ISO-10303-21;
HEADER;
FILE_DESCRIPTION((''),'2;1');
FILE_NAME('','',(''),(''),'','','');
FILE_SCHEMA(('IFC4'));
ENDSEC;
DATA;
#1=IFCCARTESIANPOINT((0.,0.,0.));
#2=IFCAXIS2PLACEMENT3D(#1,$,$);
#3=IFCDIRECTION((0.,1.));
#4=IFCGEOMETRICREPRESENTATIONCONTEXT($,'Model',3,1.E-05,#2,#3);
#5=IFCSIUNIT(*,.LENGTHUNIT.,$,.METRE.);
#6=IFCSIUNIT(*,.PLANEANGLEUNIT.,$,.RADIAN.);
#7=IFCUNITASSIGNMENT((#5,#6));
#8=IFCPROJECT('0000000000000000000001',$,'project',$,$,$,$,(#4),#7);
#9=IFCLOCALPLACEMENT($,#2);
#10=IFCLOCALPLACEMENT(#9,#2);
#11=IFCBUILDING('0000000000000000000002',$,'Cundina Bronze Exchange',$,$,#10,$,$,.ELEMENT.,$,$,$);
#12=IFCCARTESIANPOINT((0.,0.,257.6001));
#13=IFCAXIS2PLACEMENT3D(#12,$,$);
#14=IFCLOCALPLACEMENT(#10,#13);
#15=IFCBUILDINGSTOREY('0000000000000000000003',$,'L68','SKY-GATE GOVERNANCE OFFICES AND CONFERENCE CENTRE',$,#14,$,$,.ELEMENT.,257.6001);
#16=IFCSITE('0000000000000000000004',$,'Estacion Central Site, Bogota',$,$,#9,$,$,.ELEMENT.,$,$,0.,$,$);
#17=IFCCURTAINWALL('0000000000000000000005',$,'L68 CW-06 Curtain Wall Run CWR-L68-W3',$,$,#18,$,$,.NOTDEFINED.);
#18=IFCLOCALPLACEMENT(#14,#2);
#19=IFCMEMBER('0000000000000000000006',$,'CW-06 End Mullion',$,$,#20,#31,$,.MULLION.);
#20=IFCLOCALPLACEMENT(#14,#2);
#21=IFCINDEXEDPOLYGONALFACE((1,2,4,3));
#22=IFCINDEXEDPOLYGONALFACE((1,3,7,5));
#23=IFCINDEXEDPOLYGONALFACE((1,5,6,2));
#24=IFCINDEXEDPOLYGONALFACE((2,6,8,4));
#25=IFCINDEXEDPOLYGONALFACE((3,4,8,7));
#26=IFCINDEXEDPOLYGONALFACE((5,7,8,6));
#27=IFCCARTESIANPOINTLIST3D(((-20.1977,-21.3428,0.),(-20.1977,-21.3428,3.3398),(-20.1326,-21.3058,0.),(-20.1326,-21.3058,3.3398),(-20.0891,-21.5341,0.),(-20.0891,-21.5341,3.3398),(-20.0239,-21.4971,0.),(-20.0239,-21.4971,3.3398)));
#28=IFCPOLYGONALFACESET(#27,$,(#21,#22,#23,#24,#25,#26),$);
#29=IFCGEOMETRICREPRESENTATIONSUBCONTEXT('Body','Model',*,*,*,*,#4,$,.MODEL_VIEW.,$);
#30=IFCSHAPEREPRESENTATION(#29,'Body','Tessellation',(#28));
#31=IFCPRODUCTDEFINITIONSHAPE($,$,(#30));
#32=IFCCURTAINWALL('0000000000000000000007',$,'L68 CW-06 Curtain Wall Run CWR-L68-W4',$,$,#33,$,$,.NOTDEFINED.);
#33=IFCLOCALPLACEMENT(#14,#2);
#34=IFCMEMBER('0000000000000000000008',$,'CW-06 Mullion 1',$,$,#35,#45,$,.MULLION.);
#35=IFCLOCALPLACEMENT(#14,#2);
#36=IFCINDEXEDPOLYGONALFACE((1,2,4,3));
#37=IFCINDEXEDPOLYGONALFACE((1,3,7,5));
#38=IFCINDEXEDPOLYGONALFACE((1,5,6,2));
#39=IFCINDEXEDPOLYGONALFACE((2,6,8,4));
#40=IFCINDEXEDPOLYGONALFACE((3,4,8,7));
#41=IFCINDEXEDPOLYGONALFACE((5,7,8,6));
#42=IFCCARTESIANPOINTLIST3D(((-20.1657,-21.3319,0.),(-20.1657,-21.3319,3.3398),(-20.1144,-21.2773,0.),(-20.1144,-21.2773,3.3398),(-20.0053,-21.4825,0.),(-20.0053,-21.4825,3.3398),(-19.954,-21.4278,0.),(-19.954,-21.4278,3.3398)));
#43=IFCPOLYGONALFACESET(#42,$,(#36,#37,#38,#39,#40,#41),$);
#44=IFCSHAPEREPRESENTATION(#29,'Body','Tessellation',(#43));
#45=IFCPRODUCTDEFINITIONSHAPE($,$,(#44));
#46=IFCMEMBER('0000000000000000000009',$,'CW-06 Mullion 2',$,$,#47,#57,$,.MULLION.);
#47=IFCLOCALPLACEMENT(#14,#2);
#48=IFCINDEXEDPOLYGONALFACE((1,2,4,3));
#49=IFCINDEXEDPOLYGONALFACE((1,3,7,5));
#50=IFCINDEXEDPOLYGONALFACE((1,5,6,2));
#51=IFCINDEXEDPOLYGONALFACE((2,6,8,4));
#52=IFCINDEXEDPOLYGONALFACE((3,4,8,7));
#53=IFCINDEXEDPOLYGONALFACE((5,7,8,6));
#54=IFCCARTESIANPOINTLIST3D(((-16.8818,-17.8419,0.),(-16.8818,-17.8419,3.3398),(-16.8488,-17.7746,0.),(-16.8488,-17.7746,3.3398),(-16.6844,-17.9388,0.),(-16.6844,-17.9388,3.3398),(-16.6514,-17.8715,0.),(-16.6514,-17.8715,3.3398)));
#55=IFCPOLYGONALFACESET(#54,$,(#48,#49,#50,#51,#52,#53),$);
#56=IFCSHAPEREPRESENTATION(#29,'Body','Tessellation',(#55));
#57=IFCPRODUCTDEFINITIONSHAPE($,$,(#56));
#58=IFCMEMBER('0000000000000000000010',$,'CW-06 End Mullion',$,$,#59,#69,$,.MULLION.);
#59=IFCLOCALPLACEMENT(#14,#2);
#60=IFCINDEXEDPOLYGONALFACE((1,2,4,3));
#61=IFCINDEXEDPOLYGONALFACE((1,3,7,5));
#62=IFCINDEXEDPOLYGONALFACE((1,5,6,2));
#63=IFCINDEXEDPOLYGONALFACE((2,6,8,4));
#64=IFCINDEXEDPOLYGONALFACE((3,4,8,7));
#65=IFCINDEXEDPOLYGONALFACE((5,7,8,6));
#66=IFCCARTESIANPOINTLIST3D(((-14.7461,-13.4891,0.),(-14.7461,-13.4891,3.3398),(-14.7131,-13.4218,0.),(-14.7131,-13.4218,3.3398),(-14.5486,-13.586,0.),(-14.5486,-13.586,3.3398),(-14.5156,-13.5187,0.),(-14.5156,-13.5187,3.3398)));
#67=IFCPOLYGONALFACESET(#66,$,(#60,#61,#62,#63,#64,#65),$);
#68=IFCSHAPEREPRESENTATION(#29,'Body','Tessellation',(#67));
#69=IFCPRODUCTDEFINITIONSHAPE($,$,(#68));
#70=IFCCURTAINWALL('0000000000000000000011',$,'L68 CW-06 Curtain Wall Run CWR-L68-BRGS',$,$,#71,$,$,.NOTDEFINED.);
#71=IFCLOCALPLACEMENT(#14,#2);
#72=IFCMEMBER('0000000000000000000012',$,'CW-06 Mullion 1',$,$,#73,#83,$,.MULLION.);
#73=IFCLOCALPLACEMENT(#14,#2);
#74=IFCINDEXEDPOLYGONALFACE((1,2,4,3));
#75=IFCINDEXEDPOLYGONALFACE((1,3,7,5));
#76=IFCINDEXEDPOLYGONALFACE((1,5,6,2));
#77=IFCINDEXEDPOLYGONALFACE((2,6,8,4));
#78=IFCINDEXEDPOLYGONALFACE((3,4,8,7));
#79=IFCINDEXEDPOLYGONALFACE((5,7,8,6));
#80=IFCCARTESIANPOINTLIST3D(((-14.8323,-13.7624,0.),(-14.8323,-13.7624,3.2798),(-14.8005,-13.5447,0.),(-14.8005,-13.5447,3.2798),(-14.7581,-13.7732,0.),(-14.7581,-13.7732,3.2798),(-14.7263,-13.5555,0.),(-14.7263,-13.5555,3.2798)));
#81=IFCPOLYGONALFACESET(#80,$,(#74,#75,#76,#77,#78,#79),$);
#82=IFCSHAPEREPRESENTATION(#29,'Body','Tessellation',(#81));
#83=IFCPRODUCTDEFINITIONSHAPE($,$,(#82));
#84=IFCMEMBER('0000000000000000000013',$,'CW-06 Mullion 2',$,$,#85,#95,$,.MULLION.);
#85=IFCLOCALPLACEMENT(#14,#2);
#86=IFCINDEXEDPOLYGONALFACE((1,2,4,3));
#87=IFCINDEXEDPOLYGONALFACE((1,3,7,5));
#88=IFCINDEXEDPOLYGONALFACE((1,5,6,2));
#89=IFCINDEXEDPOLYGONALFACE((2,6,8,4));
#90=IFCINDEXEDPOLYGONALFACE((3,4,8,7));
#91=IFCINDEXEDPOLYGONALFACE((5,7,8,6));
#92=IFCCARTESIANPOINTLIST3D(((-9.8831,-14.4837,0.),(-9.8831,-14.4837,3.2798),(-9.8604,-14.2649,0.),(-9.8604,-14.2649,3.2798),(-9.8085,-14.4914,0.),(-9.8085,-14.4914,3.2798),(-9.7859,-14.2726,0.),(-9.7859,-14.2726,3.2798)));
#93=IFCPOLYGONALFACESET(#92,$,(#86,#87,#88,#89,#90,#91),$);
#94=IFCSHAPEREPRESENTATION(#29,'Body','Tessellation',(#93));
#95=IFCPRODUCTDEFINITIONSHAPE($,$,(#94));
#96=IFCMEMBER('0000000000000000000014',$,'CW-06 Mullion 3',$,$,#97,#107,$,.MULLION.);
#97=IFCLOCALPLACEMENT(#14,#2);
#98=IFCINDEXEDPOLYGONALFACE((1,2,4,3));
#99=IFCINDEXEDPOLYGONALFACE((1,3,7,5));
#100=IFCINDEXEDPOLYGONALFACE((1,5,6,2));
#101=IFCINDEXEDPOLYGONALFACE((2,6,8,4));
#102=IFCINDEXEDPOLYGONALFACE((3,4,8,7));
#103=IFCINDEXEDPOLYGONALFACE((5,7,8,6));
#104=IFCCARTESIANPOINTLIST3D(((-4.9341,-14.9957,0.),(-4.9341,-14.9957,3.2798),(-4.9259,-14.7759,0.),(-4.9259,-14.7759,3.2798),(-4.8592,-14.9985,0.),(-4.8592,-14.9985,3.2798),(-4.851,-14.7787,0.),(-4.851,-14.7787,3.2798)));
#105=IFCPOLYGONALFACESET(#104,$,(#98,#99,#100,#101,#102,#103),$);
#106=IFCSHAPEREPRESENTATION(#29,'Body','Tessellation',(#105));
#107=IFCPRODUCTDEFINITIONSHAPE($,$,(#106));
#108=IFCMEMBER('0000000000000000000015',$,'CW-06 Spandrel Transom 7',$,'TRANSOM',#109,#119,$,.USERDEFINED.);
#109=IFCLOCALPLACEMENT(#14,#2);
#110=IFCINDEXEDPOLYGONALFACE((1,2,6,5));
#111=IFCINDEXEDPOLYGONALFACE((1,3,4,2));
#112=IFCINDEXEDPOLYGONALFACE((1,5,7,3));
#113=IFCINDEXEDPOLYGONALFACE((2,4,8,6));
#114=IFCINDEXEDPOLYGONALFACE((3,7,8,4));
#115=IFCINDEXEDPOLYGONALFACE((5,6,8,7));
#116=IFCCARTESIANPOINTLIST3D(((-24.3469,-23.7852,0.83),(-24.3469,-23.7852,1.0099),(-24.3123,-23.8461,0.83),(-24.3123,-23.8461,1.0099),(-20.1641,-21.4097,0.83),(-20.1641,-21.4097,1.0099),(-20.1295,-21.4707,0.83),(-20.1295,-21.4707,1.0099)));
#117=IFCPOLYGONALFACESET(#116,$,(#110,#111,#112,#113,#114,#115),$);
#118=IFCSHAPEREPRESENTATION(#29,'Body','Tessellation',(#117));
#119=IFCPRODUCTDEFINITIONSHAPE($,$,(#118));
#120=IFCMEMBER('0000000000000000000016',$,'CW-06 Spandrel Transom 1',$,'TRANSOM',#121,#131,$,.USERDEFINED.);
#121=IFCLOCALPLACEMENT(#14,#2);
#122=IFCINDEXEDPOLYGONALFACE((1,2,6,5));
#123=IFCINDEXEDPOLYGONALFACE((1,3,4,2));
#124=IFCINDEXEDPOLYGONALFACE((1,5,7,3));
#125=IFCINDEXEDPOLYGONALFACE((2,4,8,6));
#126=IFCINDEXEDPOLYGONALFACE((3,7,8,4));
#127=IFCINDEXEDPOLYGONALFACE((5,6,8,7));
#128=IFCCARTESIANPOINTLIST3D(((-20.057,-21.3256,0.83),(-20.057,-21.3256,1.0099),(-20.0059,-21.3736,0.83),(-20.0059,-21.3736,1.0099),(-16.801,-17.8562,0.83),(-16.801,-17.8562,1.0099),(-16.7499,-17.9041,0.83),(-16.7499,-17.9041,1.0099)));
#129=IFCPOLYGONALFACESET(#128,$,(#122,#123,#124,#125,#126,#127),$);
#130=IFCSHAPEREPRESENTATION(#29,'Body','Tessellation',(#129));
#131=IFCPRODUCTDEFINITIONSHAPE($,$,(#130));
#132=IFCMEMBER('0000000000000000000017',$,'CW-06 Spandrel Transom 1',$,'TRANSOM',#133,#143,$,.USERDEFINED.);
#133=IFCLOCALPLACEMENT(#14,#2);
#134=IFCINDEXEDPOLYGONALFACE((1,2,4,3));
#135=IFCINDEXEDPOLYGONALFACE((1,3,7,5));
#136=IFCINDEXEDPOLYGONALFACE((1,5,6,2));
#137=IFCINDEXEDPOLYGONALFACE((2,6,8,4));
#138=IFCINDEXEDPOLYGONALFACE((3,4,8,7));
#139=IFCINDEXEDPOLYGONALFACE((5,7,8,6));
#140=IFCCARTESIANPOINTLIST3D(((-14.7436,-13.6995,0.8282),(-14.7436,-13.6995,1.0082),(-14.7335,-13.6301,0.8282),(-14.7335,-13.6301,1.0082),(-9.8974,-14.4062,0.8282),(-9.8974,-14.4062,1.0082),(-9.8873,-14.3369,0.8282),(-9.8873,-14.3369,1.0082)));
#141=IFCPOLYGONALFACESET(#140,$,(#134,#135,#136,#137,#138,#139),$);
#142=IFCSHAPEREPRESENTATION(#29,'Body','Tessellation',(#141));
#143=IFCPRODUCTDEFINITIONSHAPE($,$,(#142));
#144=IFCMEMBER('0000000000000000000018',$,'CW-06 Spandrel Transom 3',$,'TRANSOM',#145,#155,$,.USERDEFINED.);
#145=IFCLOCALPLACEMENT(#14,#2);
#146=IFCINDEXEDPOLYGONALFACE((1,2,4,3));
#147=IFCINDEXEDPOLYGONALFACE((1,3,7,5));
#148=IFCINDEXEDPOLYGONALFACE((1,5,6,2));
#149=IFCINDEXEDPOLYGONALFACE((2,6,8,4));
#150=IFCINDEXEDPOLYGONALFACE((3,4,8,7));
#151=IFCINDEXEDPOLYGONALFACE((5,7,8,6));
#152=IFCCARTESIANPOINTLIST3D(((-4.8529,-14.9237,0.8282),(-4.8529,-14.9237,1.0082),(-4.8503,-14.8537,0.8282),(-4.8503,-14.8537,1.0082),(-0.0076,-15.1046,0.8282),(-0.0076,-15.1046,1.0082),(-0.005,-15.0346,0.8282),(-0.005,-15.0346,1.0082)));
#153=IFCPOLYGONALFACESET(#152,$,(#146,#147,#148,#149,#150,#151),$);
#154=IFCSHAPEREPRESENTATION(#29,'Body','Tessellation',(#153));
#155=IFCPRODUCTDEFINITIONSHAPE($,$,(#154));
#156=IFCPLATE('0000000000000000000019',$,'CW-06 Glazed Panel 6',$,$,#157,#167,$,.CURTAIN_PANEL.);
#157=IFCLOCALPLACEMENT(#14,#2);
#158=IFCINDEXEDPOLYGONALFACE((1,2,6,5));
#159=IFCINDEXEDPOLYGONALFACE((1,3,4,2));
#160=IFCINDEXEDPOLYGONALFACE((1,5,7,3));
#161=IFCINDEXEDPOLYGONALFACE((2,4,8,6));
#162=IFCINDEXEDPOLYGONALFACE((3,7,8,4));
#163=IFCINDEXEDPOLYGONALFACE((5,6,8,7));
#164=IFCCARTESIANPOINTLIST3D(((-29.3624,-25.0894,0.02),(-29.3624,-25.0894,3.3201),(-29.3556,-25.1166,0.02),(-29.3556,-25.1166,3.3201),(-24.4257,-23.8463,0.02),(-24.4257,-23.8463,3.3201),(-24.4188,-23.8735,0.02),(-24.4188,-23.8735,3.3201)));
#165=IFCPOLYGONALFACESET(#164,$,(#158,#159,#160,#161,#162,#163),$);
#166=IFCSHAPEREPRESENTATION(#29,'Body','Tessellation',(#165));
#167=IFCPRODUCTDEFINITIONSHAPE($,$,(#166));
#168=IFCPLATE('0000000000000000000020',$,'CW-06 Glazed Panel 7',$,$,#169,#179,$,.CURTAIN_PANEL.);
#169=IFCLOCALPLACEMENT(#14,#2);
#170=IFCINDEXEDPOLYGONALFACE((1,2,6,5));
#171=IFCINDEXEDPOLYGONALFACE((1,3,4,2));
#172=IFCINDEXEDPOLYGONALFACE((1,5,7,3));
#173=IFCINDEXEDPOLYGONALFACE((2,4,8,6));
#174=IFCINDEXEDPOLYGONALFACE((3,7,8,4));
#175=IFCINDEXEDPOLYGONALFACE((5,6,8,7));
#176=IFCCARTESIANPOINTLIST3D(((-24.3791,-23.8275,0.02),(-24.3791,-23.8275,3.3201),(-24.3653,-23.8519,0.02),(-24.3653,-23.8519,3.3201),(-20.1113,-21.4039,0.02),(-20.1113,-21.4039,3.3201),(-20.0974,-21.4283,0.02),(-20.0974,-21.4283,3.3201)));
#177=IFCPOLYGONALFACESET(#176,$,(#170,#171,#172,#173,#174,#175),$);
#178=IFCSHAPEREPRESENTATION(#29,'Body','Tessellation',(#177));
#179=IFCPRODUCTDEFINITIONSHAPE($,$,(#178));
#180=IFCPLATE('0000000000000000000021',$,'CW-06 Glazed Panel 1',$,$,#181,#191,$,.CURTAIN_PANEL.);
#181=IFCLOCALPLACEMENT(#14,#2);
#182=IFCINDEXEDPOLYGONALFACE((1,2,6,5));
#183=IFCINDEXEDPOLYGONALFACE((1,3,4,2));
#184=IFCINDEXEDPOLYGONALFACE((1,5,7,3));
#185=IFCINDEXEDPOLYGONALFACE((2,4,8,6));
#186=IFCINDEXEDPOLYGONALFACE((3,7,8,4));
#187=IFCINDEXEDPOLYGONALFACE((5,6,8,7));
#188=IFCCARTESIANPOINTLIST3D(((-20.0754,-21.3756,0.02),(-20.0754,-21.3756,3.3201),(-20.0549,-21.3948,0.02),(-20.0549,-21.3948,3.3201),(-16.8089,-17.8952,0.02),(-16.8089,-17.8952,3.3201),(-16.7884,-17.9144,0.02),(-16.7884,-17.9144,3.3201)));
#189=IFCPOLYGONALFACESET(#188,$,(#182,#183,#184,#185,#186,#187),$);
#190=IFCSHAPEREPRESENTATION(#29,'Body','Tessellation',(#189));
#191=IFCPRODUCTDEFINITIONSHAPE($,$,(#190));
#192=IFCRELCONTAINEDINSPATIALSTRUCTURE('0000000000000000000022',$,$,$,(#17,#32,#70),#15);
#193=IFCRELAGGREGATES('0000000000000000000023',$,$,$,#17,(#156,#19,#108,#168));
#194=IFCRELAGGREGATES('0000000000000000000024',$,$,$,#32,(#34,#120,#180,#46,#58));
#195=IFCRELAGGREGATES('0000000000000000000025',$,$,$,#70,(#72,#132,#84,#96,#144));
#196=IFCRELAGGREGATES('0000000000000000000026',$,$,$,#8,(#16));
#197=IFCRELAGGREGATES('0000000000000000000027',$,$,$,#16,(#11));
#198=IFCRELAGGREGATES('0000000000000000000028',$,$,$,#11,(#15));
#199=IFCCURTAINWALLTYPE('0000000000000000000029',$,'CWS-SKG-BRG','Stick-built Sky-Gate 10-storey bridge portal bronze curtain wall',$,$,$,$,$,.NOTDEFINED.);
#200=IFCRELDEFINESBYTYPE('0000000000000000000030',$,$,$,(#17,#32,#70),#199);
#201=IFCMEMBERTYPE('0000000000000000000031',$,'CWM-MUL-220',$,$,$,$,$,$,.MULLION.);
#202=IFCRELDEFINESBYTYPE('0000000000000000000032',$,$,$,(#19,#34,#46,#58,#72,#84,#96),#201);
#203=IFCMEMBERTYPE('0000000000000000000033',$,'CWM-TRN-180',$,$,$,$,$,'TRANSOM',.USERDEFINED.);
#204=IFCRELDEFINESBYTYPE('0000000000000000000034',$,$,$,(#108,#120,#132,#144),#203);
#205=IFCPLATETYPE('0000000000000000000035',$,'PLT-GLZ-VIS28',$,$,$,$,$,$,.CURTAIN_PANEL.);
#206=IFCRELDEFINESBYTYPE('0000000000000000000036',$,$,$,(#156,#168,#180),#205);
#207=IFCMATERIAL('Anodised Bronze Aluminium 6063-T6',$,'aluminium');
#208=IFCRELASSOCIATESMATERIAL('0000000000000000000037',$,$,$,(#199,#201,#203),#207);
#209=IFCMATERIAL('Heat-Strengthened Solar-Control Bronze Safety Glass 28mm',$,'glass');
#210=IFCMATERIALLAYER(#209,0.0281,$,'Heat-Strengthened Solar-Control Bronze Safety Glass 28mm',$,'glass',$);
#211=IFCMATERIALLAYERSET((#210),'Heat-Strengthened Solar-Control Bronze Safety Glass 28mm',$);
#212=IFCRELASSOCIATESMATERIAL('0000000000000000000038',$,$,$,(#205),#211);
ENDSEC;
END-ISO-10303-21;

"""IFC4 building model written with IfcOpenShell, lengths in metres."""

from ifc_helpers import new_model, si_unit, direction, frame, origin, origin_2d, place, context, subcontext, project, spatial, rectangle, extrude, material, layer, layer_set, material_profile, profile_set, type_object, element, aggregate, save


model = new_model("IFC4")

# Units and contexts
model_context = context("Model", 3, precision=1e-05, world=origin(), true_north=direction((0.0, 1.0)))
body_context = subcontext(model_context, "Body", "Model", "MODEL_VIEW")
ifc_project = project(units=[si_unit("LENGTHUNIT", "METRE"), si_unit("PLANEANGLEUNIT", "RADIAN")], contexts=[model_context])

# Site, building, storey
site_placement = place(None, origin())
site = spatial("IfcSite", under=ifc_project, at=site_placement, Name="Estacion Central Site, Bogota", CompositionType="ELEMENT", RefElevation=0.0)
building_placement = place(site_placement, origin())
building = spatial("IfcBuilding", under=site, at=building_placement, Name="Cundina Bronze Exchange", CompositionType="ELEMENT")
storey_placement = place(building_placement, frame((0.0, 0.0, 257.6001)))
storey = spatial("IfcBuildingStorey", under=building, at=storey_placement, Name="L68", Description="SKY-GATE GOVERNANCE OFFICES AND CONFERENCE CENTRE", CompositionType="ELEMENT", Elevation=257.6001)

# Curtain walls, members
ifc_material_1 = material(Name="Anodised Bronze Aluminium 6063-T6", Category="aluminium")
curtain_wall_type = type_object("IfcCurtainWallType", Name="CWS-SKG-BRG", Description="Stick-built Sky-Gate 10-storey bridge portal bronze curtain wall", PredefinedType="NOTDEFINED", material=ifc_material_1)
curtain_wall_1_placement = place(storey_placement, origin())
curtain_wall_1 = element("IfcCurtainWall", 1, at=curtain_wall_1_placement, inside=storey, type_object=curtain_wall_type, Name="L68 CW-06 Curtain Wall Run CWR-L68-W3", PredefinedType="NOTDEFINED")
ifc_material_profile_1 = material_profile(ifc_material_1, rectangle(XDim=0.075, YDim=0.22, at=origin_2d()), Name="AL75X220", Category="aluminium")
ifc_profile_set_1 = profile_set([ifc_material_profile_1], Name="Anodised Bronze Aluminium 6063-T6")
member_type_1 = type_object("IfcMemberType", Name="CWM-MUL-220", PredefinedType="MULLION", material=ifc_profile_set_1)
member_1_placement = place(storey_placement, frame((-20.1108, -21.4199, 0.0), z_axis=(0.0, 0.0, 1.0), x_axis=(0.869581, 0.49379, 0.0)))
member_1 = element("IfcMember", 2, at=member_1_placement, type_object=member_type_1, Name="CW-06 End Mullion", PredefinedType="MULLION", context=body_context, shape_type="SweptSolid", body=[
    extrude(rectangle(XDim=0.075, YDim=0.22, at=origin_2d()), origin(), (0.0, 0.0, 1.0), 3.3398),
])
curtain_wall_2_placement = place(storey_placement, origin())
curtain_wall_2 = element("IfcCurtainWall", 3, at=curtain_wall_2_placement, inside=storey, type_object=curtain_wall_type, Name="L68 CW-06 Curtain Wall Run CWR-L68-W4", PredefinedType="NOTDEFINED")
member_2_placement = place(storey_placement, frame((-20.0598, -21.3799, 0.0), z_axis=(0.0, 0.0, 1.0), x_axis=(0.684293, 0.729208, 0.0)))
member_2 = element("IfcMember", 4, at=member_2_placement, type_object=member_type_1, Name="CW-06 Mullion 1", PredefinedType="MULLION", context=body_context, shape_type="SweptSolid", body=[
    extrude(rectangle(XDim=0.075, YDim=0.22, at=origin_2d()), origin(), (0.0, 0.0, 1.0), 3.3398),
])
member_3_placement = place(storey_placement, frame((-16.7666, -17.8567, 0.0), z_axis=(0.0, 0.0, 1.0), x_axis=(0.440566, 0.89772, 0.0)))
member_3 = element("IfcMember", 5, at=member_3_placement, type_object=member_type_1, Name="CW-06 Mullion 2", PredefinedType="MULLION", context=body_context, shape_type="SweptSolid", body=[
    extrude(rectangle(XDim=0.075, YDim=0.22, at=origin_2d()), origin(), (0.0, 0.0, 1.0), 3.3398),
])
member_4_placement = place(storey_placement, frame((-14.6309, -13.5039, 0.0), z_axis=(0.0, 0.0, 1.0), x_axis=(0.440566, 0.89772, 0.0)))
member_4 = element("IfcMember", 6, at=member_4_placement, type_object=member_type_1, Name="CW-06 End Mullion", PredefinedType="MULLION", context=body_context, shape_type="SweptSolid", body=[
    extrude(rectangle(XDim=0.075, YDim=0.22, at=origin_2d()), origin(), (0.0, 0.0, 1.0), 3.3398),
])
curtain_wall_3_placement = place(storey_placement, origin())
curtain_wall_3 = element("IfcCurtainWall", 7, at=curtain_wall_3_placement, inside=storey, type_object=curtain_wall_type, Name="L68 CW-06 Curtain Wall Run CWR-L68-BRGS", PredefinedType="NOTDEFINED")
member_5_placement = place(storey_placement, frame((-14.7793, -13.6589, 0.0), z_axis=(0.0, 0.0, 1.0), x_axis=(0.989526, -0.144356, 0.0)))
member_5 = element("IfcMember", 8, at=member_5_placement, type_object=member_type_1, Name="CW-06 Mullion 1", PredefinedType="MULLION", context=body_context, shape_type="SweptSolid", body=[
    extrude(rectangle(XDim=0.075, YDim=0.22, at=origin_2d()), origin(), (0.0, 0.0, 1.0), 3.2798),
])
member_6_placement = place(storey_placement, frame((-9.8345, -14.3782, 0.0), z_axis=(0.0, 0.0, 1.0), x_axis=(0.994667, -0.10314, 0.0)))
member_6 = element("IfcMember", 9, at=member_6_placement, type_object=member_type_1, Name="CW-06 Mullion 2", PredefinedType="MULLION", context=body_context, shape_type="SweptSolid", body=[
    extrude(rectangle(XDim=0.075, YDim=0.22, at=origin_2d()), origin(), (0.0, 0.0, 1.0), 3.2798),
])
member_7_placement = place(storey_placement, frame((-4.8926, -14.8872, 0.0), z_axis=(0.0, 0.0, 1.0), x_axis=(0.999303, -0.037341, 0.0)))
member_7 = element("IfcMember", 10, at=member_7_placement, type_object=member_type_1, Name="CW-06 Mullion 3", PredefinedType="MULLION", context=body_context, shape_type="SweptSolid", body=[
    extrude(rectangle(XDim=0.075, YDim=0.22, at=origin_2d()), origin(), (0.0, 0.0, 1.0), 3.2798),
])

# Members
ifc_material_profile_2 = material_profile(ifc_material_1, rectangle(XDim=0.0701, YDim=0.1799, at=origin_2d()), Name="AL70X180", Category="aluminium")
ifc_profile_set_2 = profile_set([ifc_material_profile_2], Name="Anodised Bronze Aluminium 6063-T6")
member_type_2 = type_object("IfcMemberType", Name="CWM-TRN-180", ElementType="TRANSOM", PredefinedType="USERDEFINED", material=ifc_profile_set_2)
member_8_placement = place(storey_placement, frame((-24.3296, -23.8157, 0.9199), z_axis=(0.869558, 0.493831, 0.0), x_axis=(-0.493831, 0.869558, 0.0)))
member_8 = element("IfcMember", 11, at=member_8_placement, type_object=member_type_2, Name="CW-06 Spandrel Transom 7", ObjectType="TRANSOM", PredefinedType="USERDEFINED", context=body_context, shape_type="SweptSolid", body=[
    extrude(rectangle(XDim=0.0701, YDim=0.1799, at=origin_2d()), origin(), (0.0, 0.0, 1.0), 4.8103),
])
member_9_placement = place(storey_placement, frame((-20.0315, -21.3496, 0.9199), z_axis=(0.684328, 0.729174, 0.0), x_axis=(-0.729174, 0.684328, 0.0)))
member_9 = element("IfcMember", 12, at=member_9_placement, type_object=member_type_2, Name="CW-06 Spandrel Transom 1", ObjectType="TRANSOM", PredefinedType="USERDEFINED", context=body_context, shape_type="SweptSolid", body=[
    extrude(rectangle(XDim=0.0701, YDim=0.1799, at=origin_2d()), origin(), (0.0, 0.0, 1.0), 4.7581),
])
member_10_placement = place(storey_placement, frame((-14.7385, -13.6648, 0.9182), z_axis=(0.989531, -0.144317, 0.0), x_axis=(0.144317, 0.989531, 0.0)))
member_10 = element("IfcMember", 13, at=member_10_placement, type_object=member_type_2, Name="CW-06 Spandrel Transom 1", ObjectType="TRANSOM", PredefinedType="USERDEFINED", context=body_context, shape_type="SweptSolid", body=[
    extrude(rectangle(XDim=0.0701, YDim=0.1799, at=origin_2d()), origin(), (0.0, 0.0, 1.0), 4.8975),
])
member_11_placement = place(storey_placement, frame((-4.8516, -14.8887, 0.9182), z_axis=(0.999304, -0.037312, 0.0), x_axis=(0.037312, 0.999304, 0.0)))
member_11 = element("IfcMember", 14, at=member_11_placement, type_object=member_type_2, Name="CW-06 Spandrel Transom 3", ObjectType="TRANSOM", PredefinedType="USERDEFINED", context=body_context, shape_type="SweptSolid", body=[
    extrude(rectangle(XDim=0.0701, YDim=0.1799, at=origin_2d()), origin(), (0.0, 0.0, 1.0), 4.8486),
])

# Plates
ifc_material_2 = material(Name="Heat-Strengthened Solar-Control Bronze Safety Glass 28mm", Category="glass")
ifc_layer_1 = layer(ifc_material_2, 0.0281, Name="Heat-Strengthened Solar-Control Bronze Safety Glass 28mm", Category="glass")
ifc_layer_set_1 = layer_set([ifc_layer_1], Name="Heat-Strengthened Solar-Control Bronze Safety Glass 28mm")
plate_type_1 = type_object("IfcPlateType", Name="PLT-GLZ-VIS28", PredefinedType="CURTAIN_PANEL", material=ifc_layer_set_1)
plate_1_placement = place(storey_placement, frame((-26.8906, -24.4814, 0.02), z_axis=(0.0, 0.0, 1.0), x_axis=(0.969732, 0.244174, 0.0)))
plate_1 = element("IfcPlate", 15, at=plate_1_placement, type_object=plate_type_1, Name="CW-06 Glazed Panel 6", PredefinedType="CURTAIN_PANEL", context=body_context, shape_type="SweptSolid", body=[
    extrude(rectangle(XDim=5.0908, YDim=0.0281, at=origin_2d()), origin(), (0.0, 0.0, 1.0), 3.3),
])
plate_2_placement = place(storey_placement, frame((-22.2383, -22.6279, 0.02), z_axis=(0.0, 0.0, 1.0), x_axis=(0.869573, 0.493805, 0.0)))
plate_2 = element("IfcPlate", 16, at=plate_2_placement, type_object=plate_type_1, Name="CW-06 Glazed Panel 7", PredefinedType="CURTAIN_PANEL", context=body_context, shape_type="SweptSolid", body=[
    extrude(rectangle(XDim=4.908, YDim=0.0281, at=origin_2d()), origin(), (0.0, 0.0, 1.0), 3.3),
])
aggregate(curtain_wall_1, [plate_1, member_1, member_8, plate_2])
plate_3_placement = place(storey_placement, frame((-18.4319, -19.645, 0.02), z_axis=(0.0, 0.0, 1.0), x_axis=(0.684344, 0.72916, 0.0)))
plate_3 = element("IfcPlate", 17, at=plate_3_placement, type_object=plate_type_1, Name="CW-06 Glazed Panel 1", PredefinedType="CURTAIN_PANEL", context=body_context, shape_type="SweptSolid", body=[
    extrude(rectangle(XDim=4.7732, YDim=0.0281, at=origin_2d()), origin(), (0.0, 0.0, 1.0), 3.3),
])
aggregate(curtain_wall_2, [member_2, member_9, plate_3, member_3, member_4])
aggregate(curtain_wall_3, [member_5, member_10, member_6, member_7, member_11])

save(model, "model.ifc")
